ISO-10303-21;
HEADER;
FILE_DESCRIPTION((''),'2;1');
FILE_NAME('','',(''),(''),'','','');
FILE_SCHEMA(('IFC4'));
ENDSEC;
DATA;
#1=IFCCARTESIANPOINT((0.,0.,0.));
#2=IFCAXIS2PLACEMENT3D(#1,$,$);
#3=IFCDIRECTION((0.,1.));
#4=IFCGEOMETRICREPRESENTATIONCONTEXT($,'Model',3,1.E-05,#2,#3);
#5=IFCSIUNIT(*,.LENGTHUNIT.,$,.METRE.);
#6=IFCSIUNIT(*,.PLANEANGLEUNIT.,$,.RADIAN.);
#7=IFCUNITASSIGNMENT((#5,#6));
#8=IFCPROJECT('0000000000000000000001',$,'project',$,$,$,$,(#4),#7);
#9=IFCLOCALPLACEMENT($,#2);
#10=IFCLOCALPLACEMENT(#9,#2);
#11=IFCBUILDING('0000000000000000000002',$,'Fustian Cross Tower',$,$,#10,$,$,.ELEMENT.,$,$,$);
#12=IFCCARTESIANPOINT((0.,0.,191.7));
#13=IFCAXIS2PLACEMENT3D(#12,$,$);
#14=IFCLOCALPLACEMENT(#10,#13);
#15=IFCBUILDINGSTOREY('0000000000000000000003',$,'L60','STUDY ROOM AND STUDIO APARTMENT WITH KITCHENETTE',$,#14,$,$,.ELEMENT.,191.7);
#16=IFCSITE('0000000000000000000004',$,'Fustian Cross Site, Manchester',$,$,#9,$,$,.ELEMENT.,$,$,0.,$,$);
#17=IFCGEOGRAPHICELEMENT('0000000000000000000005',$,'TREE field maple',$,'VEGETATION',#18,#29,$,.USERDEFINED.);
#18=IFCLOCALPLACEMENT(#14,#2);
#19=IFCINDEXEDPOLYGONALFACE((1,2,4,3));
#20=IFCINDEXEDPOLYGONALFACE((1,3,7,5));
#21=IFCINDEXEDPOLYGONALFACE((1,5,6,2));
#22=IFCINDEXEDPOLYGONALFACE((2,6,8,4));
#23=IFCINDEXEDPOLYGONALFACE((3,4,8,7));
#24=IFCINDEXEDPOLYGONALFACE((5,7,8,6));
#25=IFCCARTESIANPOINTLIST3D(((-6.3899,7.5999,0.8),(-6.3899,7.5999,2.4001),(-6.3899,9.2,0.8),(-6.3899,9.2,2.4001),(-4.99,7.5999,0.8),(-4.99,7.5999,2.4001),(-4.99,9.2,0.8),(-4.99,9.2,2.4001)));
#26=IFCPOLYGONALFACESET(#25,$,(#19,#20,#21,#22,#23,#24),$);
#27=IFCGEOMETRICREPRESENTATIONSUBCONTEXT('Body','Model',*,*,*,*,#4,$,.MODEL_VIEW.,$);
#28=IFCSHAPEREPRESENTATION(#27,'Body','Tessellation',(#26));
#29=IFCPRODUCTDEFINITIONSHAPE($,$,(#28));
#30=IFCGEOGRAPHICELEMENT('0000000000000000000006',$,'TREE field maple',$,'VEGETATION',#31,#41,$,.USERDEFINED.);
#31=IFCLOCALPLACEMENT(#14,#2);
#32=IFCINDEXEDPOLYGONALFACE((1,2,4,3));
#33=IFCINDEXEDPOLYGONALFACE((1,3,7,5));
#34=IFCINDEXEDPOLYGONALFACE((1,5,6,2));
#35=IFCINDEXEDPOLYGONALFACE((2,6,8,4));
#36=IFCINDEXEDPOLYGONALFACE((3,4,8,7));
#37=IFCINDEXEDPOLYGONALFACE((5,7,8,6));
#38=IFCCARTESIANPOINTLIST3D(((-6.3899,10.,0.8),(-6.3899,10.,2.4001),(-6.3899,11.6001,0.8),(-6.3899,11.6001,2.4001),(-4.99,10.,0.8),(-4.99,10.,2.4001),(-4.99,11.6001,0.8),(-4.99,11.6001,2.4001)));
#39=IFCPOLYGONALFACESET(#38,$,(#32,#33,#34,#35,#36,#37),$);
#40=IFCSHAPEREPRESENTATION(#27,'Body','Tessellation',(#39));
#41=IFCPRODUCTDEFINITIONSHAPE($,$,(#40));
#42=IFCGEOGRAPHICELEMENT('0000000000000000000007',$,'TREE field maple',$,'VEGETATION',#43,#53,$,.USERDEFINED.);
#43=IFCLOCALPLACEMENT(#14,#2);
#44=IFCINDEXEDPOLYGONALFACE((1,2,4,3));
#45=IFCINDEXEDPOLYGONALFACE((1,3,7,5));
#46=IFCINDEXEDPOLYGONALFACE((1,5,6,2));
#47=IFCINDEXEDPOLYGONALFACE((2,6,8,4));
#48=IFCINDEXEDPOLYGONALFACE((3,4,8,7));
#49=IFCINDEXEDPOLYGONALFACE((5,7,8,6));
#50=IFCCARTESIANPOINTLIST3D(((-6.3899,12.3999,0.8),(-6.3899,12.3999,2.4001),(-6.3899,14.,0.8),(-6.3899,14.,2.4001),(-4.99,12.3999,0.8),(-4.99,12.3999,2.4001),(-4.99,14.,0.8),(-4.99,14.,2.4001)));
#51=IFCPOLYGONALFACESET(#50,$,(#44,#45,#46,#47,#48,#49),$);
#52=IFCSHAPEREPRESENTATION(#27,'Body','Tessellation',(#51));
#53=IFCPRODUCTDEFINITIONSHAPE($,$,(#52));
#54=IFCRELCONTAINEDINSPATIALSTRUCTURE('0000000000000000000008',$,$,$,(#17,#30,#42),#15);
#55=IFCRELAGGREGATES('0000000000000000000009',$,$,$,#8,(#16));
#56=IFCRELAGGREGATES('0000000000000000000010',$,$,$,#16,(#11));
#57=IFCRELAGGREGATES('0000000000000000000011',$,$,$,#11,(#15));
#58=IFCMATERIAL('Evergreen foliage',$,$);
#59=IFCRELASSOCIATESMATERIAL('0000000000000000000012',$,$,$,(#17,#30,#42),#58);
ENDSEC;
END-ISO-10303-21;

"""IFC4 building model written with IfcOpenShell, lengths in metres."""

from ifc_helpers import new_model, si_unit, direction, frame, origin, origin_2d, place, context, subcontext, project, spatial, rectangle, extrude, material, element, save


model = new_model("IFC4")

# Units and contexts
model_context = context("Model", 3, precision=1e-05, world=origin(), true_north=direction((0.0, 1.0)))
body_context = subcontext(model_context, "Body", "Model", "MODEL_VIEW")
ifc_project = project(units=[si_unit("LENGTHUNIT", "METRE"), si_unit("PLANEANGLEUNIT", "RADIAN")], contexts=[model_context])

# Site, building, storey
site_placement = place(None, origin())
site = spatial("IfcSite", under=ifc_project, at=site_placement, Name="Fustian Cross Site, Manchester", CompositionType="ELEMENT", RefElevation=0.0)
building_placement = place(site_placement, origin())
building = spatial("IfcBuilding", under=site, at=building_placement, Name="Fustian Cross Tower", CompositionType="ELEMENT")
storey_placement = place(building_placement, frame((0.0, 0.0, 191.7)))
storey = spatial("IfcBuildingStorey", under=building, at=storey_placement, Name="L60", Description="STUDY ROOM AND STUDIO APARTMENT WITH KITCHENETTE", CompositionType="ELEMENT", Elevation=191.7)

# Geographic elements
ifc_material_1 = material(Name="Evergreen foliage")
for number, where, z_axis, x_axis, name in (
    (1, (-5.6899, 8.3999, 0.8), (0.0, 0.0, 1.0), (1.0, 0.0, 0.0), "TREE field maple"),
    (2, (-5.6899, 10.8, 0.8), (0.0, 0.0, 1.0), (1.0, 0.0, 0.0), "TREE field maple"),
    (3, (-5.6899, 13.2, 0.8), (0.0, 0.0, 1.0), (1.0, 0.0, 0.0), "TREE field maple"),
):
    element("IfcGeographicElement", number, at=place(storey_placement, frame(where, z_axis=z_axis, x_axis=x_axis)), inside=storey, material=ifc_material_1, Name=name, ObjectType="VEGETATION", PredefinedType="USERDEFINED", context=body_context, shape_type="SweptSolid", body=[
        extrude(rectangle(XDim=1.3999, YDim=1.6001, at=origin_2d()), origin(), (0.0, 0.0, 1.0), 1.6001),
    ])

save(model, "model.ifc")
